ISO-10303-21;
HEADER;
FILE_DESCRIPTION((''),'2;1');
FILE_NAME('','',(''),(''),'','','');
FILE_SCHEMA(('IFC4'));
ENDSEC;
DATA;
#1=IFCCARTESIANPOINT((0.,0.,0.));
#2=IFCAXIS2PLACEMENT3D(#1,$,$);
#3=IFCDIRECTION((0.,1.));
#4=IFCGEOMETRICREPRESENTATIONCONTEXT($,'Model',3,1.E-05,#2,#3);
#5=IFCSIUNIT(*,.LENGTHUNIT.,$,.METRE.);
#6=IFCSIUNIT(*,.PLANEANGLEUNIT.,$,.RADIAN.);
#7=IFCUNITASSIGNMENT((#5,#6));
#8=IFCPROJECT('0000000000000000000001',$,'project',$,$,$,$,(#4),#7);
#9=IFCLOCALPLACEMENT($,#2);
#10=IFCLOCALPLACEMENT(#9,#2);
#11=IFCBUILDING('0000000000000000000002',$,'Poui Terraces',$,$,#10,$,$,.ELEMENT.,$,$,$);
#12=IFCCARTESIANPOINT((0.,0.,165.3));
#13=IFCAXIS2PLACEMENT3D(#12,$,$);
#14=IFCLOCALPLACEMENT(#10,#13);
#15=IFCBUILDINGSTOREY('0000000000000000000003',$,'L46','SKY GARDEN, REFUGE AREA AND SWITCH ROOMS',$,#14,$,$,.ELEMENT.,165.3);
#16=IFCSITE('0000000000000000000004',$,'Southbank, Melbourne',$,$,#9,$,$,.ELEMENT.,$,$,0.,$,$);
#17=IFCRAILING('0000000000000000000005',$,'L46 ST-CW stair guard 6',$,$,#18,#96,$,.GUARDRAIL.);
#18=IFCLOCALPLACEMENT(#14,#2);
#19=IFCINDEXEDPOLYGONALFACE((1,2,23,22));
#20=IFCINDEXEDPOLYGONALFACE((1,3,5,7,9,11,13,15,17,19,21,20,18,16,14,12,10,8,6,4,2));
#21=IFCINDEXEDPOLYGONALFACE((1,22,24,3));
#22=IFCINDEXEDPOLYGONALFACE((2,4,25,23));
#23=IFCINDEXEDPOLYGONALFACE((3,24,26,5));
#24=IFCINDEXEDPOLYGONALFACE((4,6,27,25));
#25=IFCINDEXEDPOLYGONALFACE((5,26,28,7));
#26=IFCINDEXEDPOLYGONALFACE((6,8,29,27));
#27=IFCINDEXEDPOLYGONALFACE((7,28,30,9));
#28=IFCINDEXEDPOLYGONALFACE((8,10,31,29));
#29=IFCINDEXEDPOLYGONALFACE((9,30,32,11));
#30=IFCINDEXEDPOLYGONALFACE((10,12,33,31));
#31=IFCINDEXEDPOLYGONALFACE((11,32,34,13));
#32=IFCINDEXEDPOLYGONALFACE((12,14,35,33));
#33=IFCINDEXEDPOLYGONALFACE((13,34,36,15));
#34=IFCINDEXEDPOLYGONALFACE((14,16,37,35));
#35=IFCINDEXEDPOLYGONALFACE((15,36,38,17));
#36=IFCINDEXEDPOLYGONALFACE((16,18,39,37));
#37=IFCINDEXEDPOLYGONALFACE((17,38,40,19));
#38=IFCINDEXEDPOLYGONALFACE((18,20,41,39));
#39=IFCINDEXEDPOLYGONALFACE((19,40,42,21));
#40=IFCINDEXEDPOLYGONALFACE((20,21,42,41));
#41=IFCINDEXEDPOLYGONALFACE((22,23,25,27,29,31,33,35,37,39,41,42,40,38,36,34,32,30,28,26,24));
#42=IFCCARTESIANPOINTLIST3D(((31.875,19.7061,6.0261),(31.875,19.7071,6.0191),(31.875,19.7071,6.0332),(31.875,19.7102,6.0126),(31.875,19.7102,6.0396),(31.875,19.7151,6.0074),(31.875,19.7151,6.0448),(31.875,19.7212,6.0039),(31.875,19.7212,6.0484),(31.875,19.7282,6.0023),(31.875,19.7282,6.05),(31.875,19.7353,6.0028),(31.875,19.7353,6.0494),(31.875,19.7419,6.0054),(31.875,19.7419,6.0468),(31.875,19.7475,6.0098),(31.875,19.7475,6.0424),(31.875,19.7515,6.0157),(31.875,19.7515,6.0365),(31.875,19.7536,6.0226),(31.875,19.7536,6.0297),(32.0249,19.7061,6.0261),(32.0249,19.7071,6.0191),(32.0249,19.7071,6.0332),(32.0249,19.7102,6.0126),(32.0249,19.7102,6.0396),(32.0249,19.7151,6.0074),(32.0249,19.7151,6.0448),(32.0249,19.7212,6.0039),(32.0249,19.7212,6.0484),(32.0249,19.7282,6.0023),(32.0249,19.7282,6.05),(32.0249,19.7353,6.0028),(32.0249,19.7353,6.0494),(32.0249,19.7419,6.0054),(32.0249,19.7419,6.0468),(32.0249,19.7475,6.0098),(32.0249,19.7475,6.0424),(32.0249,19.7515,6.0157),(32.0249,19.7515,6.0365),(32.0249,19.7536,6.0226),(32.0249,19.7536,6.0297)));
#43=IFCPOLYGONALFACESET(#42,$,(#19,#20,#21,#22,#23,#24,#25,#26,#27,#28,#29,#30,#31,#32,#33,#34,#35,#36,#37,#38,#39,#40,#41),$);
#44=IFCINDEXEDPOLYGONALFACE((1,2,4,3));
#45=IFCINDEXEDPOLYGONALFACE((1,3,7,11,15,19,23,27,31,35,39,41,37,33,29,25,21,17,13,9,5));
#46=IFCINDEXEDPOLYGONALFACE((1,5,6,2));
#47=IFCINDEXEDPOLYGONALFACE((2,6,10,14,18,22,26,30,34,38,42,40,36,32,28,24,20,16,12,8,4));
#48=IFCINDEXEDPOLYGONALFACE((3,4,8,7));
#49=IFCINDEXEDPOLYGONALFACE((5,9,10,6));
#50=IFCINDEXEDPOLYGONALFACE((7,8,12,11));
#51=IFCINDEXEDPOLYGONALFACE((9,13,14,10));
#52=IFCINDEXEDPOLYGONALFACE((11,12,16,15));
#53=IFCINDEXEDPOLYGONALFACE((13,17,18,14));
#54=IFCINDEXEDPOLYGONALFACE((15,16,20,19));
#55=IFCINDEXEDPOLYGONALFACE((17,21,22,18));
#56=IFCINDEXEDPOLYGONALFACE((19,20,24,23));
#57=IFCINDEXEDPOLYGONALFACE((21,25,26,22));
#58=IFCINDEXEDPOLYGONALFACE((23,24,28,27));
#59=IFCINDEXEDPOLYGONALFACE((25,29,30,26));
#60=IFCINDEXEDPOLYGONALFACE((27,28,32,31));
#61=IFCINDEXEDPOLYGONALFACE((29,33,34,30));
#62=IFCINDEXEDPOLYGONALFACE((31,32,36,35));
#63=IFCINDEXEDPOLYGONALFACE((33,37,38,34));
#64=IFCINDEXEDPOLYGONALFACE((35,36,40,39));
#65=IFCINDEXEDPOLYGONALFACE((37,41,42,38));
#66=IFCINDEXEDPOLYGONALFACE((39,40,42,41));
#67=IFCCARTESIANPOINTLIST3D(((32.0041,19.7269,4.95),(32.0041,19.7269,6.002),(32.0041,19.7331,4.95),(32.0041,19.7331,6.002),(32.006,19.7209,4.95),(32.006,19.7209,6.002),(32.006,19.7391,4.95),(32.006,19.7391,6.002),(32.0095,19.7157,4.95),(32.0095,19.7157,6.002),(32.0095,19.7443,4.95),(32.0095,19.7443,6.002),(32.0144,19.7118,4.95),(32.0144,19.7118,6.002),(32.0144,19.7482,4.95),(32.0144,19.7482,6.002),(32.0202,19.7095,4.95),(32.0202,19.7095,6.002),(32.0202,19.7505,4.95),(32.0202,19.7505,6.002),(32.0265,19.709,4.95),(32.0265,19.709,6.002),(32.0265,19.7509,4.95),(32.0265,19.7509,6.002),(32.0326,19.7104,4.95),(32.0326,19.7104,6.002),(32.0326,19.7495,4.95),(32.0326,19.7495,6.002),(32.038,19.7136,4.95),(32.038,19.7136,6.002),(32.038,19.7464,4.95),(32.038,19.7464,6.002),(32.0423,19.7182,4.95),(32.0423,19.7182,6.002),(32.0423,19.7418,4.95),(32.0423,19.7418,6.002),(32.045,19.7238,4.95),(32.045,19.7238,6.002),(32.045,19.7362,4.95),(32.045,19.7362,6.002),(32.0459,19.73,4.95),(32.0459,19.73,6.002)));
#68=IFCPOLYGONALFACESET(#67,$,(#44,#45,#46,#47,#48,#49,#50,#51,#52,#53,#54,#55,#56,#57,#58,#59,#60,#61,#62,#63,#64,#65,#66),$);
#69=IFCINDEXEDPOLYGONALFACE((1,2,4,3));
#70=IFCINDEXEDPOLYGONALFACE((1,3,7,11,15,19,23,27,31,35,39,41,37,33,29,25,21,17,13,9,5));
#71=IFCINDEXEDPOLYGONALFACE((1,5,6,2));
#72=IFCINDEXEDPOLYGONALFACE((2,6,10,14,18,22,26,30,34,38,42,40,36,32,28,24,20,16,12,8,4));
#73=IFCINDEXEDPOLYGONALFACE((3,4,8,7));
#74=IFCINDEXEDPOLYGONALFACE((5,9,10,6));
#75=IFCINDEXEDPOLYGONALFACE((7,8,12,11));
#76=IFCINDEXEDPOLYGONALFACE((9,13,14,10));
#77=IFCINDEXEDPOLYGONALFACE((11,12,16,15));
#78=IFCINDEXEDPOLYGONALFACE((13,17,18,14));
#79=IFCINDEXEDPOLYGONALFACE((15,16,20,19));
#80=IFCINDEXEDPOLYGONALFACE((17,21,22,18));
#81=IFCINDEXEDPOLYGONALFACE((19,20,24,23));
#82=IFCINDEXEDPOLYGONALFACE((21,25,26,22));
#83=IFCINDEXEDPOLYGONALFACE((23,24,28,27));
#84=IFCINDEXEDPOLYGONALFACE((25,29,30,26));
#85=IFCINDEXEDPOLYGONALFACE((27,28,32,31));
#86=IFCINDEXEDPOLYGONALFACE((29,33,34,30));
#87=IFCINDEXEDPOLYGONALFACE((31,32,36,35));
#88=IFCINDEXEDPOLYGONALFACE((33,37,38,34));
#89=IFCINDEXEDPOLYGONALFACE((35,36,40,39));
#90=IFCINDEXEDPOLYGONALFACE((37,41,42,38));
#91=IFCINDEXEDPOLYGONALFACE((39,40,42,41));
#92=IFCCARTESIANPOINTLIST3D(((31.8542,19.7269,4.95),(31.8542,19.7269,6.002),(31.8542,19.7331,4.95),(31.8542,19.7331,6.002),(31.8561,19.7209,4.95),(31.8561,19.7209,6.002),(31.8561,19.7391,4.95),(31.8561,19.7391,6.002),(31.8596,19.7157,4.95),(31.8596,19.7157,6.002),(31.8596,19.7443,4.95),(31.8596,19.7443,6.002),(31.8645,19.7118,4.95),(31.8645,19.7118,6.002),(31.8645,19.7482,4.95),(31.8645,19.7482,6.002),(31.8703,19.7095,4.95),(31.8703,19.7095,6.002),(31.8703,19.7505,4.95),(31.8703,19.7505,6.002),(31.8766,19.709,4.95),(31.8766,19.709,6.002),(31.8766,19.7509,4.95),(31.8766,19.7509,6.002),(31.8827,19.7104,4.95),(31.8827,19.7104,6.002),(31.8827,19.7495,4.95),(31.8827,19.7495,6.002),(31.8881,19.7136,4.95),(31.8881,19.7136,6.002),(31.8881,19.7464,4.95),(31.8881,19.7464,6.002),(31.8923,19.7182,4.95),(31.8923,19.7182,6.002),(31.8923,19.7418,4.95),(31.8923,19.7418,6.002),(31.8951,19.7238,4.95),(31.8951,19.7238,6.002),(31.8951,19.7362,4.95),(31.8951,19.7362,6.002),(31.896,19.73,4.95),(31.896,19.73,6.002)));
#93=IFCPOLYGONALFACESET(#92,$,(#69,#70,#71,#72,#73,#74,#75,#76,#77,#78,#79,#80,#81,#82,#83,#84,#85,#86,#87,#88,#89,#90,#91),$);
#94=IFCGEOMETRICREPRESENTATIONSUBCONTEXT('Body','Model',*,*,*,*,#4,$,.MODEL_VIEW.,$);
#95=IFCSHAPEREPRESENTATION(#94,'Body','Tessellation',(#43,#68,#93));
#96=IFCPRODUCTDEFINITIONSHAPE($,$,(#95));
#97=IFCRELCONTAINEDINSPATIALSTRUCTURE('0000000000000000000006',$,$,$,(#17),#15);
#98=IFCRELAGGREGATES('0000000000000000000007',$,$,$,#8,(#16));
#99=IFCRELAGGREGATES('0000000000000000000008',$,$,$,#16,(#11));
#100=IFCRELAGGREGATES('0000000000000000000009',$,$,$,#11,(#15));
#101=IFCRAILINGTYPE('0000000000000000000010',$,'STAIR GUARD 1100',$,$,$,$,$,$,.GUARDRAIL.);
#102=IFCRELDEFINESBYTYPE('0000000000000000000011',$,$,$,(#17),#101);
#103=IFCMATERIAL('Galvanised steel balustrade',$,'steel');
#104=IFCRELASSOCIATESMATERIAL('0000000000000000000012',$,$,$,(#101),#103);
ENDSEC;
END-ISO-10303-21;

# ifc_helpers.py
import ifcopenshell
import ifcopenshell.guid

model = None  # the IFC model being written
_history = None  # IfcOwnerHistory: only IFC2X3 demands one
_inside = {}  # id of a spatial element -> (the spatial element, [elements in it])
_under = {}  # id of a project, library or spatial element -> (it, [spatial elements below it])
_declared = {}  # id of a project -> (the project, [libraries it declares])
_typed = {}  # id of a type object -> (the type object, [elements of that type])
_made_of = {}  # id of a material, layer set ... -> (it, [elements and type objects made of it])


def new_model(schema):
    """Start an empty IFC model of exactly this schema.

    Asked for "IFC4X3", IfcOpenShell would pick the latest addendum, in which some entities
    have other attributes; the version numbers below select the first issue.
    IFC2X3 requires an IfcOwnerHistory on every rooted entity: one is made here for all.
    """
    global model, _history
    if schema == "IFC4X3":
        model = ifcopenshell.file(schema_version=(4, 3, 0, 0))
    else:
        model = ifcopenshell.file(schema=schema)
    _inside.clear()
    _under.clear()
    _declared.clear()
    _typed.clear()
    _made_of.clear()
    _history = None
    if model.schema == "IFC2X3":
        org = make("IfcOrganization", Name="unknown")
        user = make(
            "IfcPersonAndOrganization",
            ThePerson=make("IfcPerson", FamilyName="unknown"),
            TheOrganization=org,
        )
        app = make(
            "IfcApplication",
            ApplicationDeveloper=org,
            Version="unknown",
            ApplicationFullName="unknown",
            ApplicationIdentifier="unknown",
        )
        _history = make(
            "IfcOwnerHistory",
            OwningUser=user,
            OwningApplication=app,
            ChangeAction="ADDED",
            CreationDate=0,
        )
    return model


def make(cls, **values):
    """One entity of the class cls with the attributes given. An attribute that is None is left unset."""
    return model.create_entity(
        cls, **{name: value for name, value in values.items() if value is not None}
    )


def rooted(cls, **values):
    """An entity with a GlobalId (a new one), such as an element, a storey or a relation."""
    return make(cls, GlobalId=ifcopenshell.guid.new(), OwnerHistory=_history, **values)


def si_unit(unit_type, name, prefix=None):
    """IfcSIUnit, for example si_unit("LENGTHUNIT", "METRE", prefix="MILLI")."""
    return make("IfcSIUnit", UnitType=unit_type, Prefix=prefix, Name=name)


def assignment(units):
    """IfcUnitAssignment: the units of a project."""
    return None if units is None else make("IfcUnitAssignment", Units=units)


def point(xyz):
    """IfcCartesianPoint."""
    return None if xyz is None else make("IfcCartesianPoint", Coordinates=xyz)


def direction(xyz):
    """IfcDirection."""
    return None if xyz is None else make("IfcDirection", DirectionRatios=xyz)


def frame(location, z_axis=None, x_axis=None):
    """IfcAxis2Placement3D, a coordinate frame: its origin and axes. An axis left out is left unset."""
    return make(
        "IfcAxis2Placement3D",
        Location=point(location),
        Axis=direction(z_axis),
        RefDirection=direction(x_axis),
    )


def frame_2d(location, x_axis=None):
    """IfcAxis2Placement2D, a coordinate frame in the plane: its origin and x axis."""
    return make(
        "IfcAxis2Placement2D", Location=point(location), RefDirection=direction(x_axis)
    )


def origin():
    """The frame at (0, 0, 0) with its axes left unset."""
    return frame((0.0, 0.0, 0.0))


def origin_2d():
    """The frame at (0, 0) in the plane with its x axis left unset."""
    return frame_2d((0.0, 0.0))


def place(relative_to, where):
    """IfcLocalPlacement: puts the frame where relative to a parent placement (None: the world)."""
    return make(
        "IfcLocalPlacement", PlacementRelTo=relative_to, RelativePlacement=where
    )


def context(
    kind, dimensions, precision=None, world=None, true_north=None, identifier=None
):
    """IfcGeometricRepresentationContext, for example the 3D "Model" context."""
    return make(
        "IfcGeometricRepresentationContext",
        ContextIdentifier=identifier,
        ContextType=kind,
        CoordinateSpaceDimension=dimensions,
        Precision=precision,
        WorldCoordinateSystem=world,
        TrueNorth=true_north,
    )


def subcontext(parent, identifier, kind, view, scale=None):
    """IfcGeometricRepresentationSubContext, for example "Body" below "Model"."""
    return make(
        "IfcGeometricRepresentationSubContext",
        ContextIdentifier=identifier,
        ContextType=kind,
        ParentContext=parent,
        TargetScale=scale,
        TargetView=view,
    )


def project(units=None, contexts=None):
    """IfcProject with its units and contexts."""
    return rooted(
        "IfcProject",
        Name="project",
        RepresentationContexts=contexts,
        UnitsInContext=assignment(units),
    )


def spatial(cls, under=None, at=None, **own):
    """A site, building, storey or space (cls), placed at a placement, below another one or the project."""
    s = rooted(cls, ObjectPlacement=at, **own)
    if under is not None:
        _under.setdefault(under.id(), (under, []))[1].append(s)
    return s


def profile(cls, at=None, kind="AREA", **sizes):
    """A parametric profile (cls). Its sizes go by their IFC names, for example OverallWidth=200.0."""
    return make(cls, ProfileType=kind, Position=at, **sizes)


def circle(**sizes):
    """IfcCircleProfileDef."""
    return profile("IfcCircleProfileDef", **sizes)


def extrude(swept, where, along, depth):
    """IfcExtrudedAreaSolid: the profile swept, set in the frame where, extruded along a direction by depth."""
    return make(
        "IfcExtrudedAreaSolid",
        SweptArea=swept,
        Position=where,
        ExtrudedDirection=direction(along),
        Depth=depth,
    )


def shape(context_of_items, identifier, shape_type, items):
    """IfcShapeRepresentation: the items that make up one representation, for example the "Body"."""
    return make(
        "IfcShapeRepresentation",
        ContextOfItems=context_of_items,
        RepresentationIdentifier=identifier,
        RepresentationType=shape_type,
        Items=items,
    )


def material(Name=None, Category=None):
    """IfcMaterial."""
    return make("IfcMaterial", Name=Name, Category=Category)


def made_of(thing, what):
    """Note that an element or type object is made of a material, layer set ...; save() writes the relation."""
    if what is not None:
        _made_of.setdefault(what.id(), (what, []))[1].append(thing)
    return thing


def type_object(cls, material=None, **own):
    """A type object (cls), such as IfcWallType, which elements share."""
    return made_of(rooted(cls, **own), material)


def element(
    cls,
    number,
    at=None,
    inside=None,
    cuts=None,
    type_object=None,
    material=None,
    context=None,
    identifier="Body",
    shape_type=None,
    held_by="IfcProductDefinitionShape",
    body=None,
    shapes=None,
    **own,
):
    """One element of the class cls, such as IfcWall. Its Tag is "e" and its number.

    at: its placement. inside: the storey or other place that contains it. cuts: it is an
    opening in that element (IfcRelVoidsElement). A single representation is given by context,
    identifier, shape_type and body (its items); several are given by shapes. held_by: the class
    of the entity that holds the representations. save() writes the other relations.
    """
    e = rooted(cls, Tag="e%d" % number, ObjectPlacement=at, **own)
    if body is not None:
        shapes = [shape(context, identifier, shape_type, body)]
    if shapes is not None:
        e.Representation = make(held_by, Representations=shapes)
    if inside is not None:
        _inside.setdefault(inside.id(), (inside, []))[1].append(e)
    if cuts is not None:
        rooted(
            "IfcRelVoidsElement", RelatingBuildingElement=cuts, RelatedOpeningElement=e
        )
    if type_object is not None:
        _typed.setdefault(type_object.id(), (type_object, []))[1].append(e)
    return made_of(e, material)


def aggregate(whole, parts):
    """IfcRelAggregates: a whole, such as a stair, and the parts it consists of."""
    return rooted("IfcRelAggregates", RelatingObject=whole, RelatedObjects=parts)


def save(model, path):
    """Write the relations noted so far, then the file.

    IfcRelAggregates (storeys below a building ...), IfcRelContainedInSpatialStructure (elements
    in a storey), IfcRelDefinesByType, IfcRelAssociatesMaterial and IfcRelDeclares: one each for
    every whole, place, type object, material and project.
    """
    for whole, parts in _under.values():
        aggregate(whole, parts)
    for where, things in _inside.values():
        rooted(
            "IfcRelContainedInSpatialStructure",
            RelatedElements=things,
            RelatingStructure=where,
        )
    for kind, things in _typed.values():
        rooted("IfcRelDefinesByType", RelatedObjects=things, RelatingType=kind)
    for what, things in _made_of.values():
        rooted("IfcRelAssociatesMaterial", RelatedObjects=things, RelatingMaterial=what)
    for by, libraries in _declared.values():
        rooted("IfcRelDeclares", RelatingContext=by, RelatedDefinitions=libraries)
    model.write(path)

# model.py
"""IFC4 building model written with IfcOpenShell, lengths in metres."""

from ifc_helpers import new_model, si_unit, direction, frame, origin, origin_2d, place, context, subcontext, project, spatial, circle, extrude, material, type_object, element, save


model = new_model("IFC4")

# Units and contexts
model_context = context("Model", 3, precision=1e-05, world=origin(), true_north=direction((0.0, 1.0)))
body_context = subcontext(model_context, "Body", "Model", "MODEL_VIEW")
ifc_project = project(units=[si_unit("LENGTHUNIT", "METRE"), si_unit("PLANEANGLEUNIT", "RADIAN")], contexts=[model_context])

# Site, building, storey
site_placement = place(None, origin())
site = spatial("IfcSite", under=ifc_project, at=site_placement, Name="Southbank, Melbourne", CompositionType="ELEMENT", RefElevation=0.0)
building_placement = place(site_placement, origin())
building = spatial("IfcBuilding", under=site, at=building_placement, Name="Poui Terraces", CompositionType="ELEMENT")
storey_placement = place(building_placement, frame((0.0, 0.0, 165.3)))
storey = spatial("IfcBuildingStorey", under=building, at=storey_placement, Name="L46", Description="SKY GARDEN, REFUGE AREA AND SWITCH ROOMS", CompositionType="ELEMENT", Elevation=165.3)

# Railing
ifc_material_1 = material(Name="Galvanised steel balustrade", Category="steel")
railing_type = type_object("IfcRailingType", Name="STAIR GUARD 1100", PredefinedType="GUARDRAIL", material=ifc_material_1)
for number, where, name in (
    (1, (32.0249, 19.73, 4.95), "L46 ST-CW stair guard 6"),
):
    element("IfcRailing", number, at=place(storey_placement, frame(where)), inside=storey, type_object=railing_type, Name=name, PredefinedType="GUARDRAIL", context=body_context, shape_type="SweptSolid", body=[
        extrude(circle(Radius=0.0239, at=origin_2d()), frame((0.0, 0.0, 1.0762), z_axis=(-1.0, 0.0, 0.0), x_axis=(0.0, -1.0, 0.0)), (0.0, 0.0, 1.0), 0.1499),
        extrude(circle(Radius=0.021, at=origin_2d()), origin(), (0.0, 0.0, 1.0), 1.052),
        extrude(circle(Radius=0.021, at=origin_2d()), frame((-0.1499, 0.0, 0.0)), (0.0, 0.0, 1.0), 1.052),
    ])

save(model, "model.ifc")
